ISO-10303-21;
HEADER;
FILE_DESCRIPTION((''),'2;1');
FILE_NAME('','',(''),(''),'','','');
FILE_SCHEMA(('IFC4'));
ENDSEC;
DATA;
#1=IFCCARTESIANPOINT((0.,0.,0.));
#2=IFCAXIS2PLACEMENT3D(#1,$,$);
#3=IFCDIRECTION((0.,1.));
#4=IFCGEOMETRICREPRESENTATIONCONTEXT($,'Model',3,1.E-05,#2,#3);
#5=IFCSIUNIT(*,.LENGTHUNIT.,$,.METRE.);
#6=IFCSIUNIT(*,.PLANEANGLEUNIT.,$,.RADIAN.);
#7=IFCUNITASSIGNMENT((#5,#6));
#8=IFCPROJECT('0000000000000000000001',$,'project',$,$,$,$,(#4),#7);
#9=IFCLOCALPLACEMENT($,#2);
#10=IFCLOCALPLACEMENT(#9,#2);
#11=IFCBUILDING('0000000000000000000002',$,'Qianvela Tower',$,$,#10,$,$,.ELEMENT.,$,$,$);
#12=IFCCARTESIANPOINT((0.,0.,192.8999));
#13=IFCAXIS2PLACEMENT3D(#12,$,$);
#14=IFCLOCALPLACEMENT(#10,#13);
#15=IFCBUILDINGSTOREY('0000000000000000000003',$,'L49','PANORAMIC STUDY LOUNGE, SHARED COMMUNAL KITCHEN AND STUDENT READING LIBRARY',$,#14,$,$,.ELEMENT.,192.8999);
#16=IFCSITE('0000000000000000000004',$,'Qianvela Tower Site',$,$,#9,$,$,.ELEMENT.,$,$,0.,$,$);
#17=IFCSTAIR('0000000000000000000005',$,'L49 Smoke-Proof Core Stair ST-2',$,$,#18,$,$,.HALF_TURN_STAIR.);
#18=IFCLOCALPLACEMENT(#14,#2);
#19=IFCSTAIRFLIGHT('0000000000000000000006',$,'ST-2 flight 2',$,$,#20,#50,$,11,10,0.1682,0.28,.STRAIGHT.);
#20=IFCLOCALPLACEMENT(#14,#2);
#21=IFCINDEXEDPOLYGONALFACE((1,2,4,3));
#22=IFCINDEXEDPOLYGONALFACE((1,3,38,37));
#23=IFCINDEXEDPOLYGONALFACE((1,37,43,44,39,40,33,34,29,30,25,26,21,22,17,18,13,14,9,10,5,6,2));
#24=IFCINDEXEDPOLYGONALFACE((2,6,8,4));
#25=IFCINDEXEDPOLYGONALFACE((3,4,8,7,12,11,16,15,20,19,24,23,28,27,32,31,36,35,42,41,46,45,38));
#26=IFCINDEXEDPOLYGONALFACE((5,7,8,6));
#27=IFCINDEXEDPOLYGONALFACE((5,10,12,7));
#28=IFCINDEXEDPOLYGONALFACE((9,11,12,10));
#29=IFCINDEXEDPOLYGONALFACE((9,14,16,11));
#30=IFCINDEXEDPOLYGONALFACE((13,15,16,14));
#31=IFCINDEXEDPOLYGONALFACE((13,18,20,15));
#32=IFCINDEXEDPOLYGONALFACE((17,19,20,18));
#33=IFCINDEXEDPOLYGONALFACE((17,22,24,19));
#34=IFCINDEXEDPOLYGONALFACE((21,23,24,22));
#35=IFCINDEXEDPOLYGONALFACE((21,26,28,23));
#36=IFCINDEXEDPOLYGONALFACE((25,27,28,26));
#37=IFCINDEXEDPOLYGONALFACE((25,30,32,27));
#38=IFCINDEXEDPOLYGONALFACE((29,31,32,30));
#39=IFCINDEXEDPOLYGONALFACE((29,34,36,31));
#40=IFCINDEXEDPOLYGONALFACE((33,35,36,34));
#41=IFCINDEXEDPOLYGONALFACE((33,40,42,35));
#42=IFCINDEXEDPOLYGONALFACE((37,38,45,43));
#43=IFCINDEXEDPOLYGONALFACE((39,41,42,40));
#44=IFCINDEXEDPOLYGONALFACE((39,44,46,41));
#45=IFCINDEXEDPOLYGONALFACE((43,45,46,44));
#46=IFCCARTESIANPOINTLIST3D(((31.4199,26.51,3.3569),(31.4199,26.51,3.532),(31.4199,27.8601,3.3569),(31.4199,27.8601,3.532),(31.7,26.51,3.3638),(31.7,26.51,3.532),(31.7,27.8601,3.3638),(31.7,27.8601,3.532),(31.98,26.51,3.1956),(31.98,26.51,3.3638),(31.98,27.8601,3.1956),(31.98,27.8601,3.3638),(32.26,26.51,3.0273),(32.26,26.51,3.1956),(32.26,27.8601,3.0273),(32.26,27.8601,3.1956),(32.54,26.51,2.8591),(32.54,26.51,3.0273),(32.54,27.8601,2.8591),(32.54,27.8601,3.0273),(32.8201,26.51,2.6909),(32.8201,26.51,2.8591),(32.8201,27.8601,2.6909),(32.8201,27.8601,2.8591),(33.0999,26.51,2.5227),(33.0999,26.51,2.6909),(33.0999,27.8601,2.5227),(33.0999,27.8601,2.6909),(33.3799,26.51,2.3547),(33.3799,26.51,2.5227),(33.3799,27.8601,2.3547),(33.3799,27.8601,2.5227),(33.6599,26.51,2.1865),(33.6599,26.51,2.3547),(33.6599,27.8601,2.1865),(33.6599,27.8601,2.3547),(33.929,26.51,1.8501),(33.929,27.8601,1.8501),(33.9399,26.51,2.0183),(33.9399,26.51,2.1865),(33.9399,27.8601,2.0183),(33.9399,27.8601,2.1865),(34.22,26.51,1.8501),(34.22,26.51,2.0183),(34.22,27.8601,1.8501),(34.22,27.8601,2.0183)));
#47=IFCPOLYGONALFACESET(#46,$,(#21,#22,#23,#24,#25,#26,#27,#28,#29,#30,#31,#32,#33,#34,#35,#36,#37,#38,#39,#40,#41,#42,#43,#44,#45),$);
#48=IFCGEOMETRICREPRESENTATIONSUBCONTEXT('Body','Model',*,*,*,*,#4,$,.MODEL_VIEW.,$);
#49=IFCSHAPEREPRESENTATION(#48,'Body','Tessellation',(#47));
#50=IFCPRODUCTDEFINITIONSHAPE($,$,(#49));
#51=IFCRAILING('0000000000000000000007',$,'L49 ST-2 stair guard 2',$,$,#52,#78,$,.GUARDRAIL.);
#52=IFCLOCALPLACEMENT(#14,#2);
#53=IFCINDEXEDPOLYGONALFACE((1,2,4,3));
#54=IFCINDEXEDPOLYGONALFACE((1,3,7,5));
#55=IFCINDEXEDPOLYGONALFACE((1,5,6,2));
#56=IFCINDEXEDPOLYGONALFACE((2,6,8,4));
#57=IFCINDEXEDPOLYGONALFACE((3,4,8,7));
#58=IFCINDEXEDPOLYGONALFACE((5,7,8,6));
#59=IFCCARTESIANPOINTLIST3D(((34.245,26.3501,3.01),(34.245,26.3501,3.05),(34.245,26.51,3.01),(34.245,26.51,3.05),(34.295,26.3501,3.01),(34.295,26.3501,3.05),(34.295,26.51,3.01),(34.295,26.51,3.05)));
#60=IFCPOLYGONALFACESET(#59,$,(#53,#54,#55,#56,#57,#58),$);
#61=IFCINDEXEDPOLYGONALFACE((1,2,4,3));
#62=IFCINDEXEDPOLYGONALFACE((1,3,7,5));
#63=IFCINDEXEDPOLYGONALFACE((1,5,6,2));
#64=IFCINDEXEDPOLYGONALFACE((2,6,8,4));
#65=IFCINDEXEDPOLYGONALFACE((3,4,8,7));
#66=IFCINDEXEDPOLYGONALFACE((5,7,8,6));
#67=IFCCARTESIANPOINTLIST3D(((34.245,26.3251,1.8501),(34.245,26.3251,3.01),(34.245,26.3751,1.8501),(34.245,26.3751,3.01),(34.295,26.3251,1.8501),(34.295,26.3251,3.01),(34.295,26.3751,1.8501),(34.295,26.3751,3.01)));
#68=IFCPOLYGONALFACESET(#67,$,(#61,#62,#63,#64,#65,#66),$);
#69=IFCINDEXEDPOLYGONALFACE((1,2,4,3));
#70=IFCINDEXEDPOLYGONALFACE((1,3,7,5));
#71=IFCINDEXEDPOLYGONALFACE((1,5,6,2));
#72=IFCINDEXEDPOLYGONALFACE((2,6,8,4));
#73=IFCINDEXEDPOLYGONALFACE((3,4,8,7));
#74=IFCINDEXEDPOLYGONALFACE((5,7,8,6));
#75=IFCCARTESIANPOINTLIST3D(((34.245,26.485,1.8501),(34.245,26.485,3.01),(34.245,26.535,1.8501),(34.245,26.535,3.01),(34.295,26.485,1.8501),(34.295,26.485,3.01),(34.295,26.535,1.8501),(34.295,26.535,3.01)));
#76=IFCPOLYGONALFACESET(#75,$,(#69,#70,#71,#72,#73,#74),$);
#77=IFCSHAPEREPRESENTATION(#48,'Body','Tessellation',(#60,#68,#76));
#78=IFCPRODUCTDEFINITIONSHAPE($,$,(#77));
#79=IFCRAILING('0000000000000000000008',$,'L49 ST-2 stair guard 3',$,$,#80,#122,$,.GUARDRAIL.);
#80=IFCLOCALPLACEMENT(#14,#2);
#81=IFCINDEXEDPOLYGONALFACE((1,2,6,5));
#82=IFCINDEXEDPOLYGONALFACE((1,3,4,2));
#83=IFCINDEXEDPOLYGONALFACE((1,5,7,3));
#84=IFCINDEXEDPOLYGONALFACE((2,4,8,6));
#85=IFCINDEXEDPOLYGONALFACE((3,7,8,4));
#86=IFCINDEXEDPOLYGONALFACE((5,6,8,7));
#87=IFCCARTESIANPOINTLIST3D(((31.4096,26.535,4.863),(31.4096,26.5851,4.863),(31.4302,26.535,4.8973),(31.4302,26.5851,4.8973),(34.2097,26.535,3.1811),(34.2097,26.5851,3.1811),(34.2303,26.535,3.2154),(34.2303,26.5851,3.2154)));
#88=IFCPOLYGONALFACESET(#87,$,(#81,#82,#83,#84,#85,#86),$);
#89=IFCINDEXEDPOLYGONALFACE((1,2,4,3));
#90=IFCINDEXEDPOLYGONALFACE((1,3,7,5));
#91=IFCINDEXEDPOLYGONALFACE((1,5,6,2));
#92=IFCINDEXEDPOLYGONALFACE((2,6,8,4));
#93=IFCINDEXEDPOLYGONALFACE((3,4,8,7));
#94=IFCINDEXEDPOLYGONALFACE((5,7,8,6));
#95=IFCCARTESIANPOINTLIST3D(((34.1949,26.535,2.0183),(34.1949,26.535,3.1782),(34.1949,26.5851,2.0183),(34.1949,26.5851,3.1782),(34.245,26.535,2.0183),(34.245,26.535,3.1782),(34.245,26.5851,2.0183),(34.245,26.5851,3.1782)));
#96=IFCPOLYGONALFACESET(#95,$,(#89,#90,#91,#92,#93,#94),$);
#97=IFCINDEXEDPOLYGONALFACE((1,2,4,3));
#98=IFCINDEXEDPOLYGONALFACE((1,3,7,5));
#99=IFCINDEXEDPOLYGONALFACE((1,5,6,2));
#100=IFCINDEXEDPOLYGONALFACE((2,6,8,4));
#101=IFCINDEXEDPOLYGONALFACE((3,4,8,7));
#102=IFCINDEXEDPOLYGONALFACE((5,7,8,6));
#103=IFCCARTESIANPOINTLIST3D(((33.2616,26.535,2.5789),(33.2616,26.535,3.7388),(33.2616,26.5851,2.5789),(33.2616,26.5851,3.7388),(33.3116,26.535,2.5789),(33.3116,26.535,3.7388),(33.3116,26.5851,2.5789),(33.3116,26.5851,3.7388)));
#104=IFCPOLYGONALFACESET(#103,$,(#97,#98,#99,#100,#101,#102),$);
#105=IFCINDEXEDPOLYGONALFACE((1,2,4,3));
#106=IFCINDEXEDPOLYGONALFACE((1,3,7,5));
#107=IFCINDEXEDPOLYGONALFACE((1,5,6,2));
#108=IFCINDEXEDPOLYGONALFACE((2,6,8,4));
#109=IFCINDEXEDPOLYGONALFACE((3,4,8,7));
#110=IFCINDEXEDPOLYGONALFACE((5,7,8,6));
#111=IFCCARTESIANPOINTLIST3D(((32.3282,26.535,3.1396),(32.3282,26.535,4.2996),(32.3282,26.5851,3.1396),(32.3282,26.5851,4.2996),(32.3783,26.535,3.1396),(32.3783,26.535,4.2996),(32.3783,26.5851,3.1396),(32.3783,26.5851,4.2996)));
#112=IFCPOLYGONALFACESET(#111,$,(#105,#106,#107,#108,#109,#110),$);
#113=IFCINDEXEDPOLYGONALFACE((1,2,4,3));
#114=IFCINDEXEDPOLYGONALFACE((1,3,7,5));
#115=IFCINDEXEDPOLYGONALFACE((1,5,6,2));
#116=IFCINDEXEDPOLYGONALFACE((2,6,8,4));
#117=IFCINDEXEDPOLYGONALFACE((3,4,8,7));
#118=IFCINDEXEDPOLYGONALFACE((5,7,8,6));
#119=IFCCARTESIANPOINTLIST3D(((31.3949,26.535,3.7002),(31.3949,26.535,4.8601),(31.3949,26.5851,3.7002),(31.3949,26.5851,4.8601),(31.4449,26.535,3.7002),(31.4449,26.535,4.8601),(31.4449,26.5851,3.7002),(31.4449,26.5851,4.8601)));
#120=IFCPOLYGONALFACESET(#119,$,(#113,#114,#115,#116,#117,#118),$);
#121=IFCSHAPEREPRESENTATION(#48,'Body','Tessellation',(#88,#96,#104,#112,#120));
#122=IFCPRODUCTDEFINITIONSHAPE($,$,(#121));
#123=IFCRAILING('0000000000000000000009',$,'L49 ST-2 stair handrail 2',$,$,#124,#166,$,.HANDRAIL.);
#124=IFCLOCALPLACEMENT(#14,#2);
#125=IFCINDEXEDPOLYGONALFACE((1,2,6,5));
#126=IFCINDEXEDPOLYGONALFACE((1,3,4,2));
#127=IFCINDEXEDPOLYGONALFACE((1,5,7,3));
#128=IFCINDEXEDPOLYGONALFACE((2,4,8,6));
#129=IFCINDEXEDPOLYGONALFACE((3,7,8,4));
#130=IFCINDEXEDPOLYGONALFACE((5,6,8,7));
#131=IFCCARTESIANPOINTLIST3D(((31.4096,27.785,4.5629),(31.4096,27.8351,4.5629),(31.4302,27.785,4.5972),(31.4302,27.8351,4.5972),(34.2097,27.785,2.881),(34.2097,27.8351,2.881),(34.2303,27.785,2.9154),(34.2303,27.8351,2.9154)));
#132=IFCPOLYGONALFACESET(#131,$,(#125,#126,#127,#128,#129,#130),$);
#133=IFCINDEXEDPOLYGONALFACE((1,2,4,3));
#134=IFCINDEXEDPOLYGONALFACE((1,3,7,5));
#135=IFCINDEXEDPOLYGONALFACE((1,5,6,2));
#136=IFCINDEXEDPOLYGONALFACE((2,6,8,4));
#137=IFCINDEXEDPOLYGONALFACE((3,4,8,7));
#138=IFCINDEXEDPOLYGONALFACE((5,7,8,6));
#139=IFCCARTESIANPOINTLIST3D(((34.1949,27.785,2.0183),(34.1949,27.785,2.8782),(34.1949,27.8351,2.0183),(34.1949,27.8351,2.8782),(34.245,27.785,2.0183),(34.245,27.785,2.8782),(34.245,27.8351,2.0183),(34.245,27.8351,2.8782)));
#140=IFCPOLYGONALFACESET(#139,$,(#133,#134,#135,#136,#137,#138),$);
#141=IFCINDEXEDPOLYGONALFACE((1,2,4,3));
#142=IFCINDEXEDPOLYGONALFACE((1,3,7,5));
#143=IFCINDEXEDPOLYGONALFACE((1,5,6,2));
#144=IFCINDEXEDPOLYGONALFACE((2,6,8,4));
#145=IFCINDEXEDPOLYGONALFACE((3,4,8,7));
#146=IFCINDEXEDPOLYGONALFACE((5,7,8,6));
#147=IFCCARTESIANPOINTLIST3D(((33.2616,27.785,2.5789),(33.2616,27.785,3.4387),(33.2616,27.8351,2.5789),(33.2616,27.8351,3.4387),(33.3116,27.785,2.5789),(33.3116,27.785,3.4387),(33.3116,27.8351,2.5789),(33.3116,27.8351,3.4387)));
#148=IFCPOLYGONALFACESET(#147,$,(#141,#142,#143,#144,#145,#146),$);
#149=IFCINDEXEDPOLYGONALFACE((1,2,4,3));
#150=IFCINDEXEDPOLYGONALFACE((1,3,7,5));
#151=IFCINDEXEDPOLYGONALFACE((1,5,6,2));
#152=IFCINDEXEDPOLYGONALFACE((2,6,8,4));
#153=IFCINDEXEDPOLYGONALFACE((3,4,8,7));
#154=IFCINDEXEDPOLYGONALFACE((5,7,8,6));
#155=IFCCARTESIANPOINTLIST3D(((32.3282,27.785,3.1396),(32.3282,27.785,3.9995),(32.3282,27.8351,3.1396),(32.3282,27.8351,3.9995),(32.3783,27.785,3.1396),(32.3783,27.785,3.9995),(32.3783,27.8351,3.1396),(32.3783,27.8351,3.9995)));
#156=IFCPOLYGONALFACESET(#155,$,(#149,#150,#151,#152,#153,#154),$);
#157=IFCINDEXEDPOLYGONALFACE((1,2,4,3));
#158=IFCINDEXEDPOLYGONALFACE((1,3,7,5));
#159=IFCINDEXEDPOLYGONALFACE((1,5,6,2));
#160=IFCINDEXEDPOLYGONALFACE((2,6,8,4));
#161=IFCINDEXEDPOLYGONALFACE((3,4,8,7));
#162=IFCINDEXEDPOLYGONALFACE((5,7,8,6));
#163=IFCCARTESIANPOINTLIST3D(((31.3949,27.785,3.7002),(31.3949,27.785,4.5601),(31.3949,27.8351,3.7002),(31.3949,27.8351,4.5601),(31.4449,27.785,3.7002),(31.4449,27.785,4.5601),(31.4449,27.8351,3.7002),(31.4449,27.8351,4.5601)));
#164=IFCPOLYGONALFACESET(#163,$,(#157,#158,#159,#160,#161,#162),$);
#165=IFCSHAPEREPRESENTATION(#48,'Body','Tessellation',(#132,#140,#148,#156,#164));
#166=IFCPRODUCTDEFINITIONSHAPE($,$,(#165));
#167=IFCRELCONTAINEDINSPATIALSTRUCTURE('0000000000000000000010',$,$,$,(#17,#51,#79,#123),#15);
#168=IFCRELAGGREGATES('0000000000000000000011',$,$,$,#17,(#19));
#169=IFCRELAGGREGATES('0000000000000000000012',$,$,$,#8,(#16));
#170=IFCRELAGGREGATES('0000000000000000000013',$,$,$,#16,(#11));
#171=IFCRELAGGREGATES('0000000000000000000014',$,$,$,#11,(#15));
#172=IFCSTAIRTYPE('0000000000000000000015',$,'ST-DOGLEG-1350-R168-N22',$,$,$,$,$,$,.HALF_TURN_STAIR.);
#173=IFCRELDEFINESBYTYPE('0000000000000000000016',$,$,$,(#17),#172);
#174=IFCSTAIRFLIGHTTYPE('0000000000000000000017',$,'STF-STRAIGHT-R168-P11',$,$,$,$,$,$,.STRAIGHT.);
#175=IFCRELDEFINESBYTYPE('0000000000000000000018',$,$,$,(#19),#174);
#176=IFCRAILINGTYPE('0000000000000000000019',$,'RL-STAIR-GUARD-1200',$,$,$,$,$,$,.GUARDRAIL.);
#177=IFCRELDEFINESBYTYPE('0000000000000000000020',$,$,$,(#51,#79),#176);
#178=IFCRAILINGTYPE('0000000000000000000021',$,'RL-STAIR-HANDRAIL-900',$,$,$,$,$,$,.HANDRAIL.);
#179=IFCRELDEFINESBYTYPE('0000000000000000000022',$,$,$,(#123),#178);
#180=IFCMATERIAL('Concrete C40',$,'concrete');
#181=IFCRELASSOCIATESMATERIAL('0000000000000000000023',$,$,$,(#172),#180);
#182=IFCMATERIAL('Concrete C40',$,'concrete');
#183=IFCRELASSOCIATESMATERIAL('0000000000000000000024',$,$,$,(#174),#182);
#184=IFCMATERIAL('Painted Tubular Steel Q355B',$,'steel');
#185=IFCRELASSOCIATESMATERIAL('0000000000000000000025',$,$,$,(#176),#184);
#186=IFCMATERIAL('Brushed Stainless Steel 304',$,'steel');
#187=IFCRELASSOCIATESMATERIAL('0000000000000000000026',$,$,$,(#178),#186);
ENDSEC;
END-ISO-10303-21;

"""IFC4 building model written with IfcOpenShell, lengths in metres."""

from ifc_helpers import new_model, si_unit, direction, frame, origin, origin_2d, place, context, subcontext, project, spatial, polyline, rectangle, outline, extrude, material, type_object, element, aggregate, save


model = new_model("IFC4")

# Units and contexts
model_context = context("Model", 3, precision=1e-05, world=origin(), true_north=direction((0.0, 1.0)))
body_context = subcontext(model_context, "Body", "Model", "MODEL_VIEW")
ifc_project = project(units=[si_unit("LENGTHUNIT", "METRE"), si_unit("PLANEANGLEUNIT", "RADIAN")], contexts=[model_context])

# Site, building, storey
site_placement = place(None, origin())
site = spatial("IfcSite", under=ifc_project, at=site_placement, Name="Qianvela Tower Site", CompositionType="ELEMENT", RefElevation=0.0)
building_placement = place(site_placement, origin())
building = spatial("IfcBuilding", under=site, at=building_placement, Name="Qianvela Tower", CompositionType="ELEMENT")
storey_placement = place(building_placement, frame((0.0, 0.0, 192.8999)))
storey = spatial("IfcBuildingStorey", under=building, at=storey_placement, Name="L49", Description="PANORAMIC STUDY LOUNGE, SHARED COMMUNAL KITCHEN AND STUDENT READING LIBRARY", CompositionType="ELEMENT", Elevation=192.8999)

# Stair, stair flight
ifc_material_1 = material(Name="Concrete C40", Category="concrete")
stair_type = type_object("IfcStairType", Name="ST-DOGLEG-1350-R168-N22", PredefinedType="HALF_TURN_STAIR", material=ifc_material_1)
stair_placement = place(storey_placement, origin())
stair = element("IfcStair", 1, at=stair_placement, inside=storey, type_object=stair_type, Name="L49 Smoke-Proof Core Stair ST-2", PredefinedType="HALF_TURN_STAIR")
ifc_material_2 = material(Name="Concrete C40", Category="concrete")
stair_flight_type = type_object("IfcStairFlightType", Name="STF-STRAIGHT-R168-P11", PredefinedType="STRAIGHT", material=ifc_material_2)
stair_flight_placement = place(storey_placement, frame((34.22, 27.1851, 1.8501), z_axis=(0.0, 0.0, 1.0), x_axis=(-1.0, 0.0, 0.0)))
stair_flight = element("IfcStairFlight", 2, at=stair_flight_placement, type_object=stair_flight_type, Name="ST-2 flight 2", NumberOfRisers=11, NumberOfTreads=10, PredefinedType="STRAIGHT", RiserHeight=0.1682, TreadLength=0.28, context=body_context, shape_type="SweptSolid", body=[
    extrude(outline(polyline([(0.0, 0.0), (0.0, 0.1682), (0.28, 0.1682), (0.28, 0.3364), (0.5601, 0.3364), (0.5601, 0.5046), (0.8401, 0.5046), (0.8401, 0.6726), (1.1201, 0.6726), (1.1201, 0.8408), (1.3999, 0.8408), (1.3999, 1.009), (1.6799, 1.009), (1.6799, 1.1772), (1.96, 1.1772), (1.96, 1.3455), (2.24, 1.3455), (2.24, 1.5137), (2.52, 1.5137), (2.52, 1.6819), (2.8, 1.6819), (2.8, 1.8501), (2.8, 1.5068), (0.291, 0.0), (0.0, 0.0)])), frame((0.0, 0.675, 0.0), z_axis=(0.0, -1.0, 0.0), x_axis=(1.0, 0.0, 0.0)), (0.0, 0.0, 1.0), 1.3501),
])
aggregate(stair, [stair_flight])

# Railings
ifc_material_3 = material(Name="Painted Tubular Steel Q355B", Category="steel")
railing_type_1 = type_object("IfcRailingType", Name="RL-STAIR-GUARD-1200", PredefinedType="GUARDRAIL", material=ifc_material_3)
railing_1_placement = place(storey_placement, frame((34.27, 26.3501, 1.8501)))
element("IfcRailing", 3, at=railing_1_placement, inside=storey, type_object=railing_type_1, Name="L49 ST-2 stair guard 2", PredefinedType="GUARDRAIL", context=body_context, shape_type="SweptSolid", body=[
    extrude(rectangle(XDim=0.05, YDim=0.04, at=origin_2d()), frame((0.0, 0.0, 1.1799), z_axis=(0.0, 1.0, 0.0), x_axis=(-1.0, 0.0, 0.0)), (0.0, 0.0, 1.0), 0.1599),
    extrude(rectangle(XDim=0.05, YDim=0.05, at=origin_2d()), origin(), (0.0, 0.0, 1.0), 1.1599),
    extrude(rectangle(XDim=0.05, YDim=0.05, at=origin_2d()), frame((0.0, 0.1599, 0.0)), (0.0, 0.0, 1.0), 1.1599),
])
railing_2_placement = place(storey_placement, frame((34.22, 26.5601, 2.0183)))
element("IfcRailing", 4, at=railing_2_placement, inside=storey, type_object=railing_type_1, Name="L49 ST-2 stair guard 3", PredefinedType="GUARDRAIL", context=body_context, shape_type="SweptSolid", body=[
    extrude(rectangle(XDim=0.05, YDim=0.04, at=origin_2d()), frame((0.0, 0.0, 1.1799), z_axis=(-0.857242, 0.0, 0.514913), x_axis=(0.0, -1.0, 0.0)), (0.0, 0.0, 1.0), 3.2664),
    extrude(rectangle(XDim=0.05, YDim=0.05, at=origin_2d()), origin(), (0.0, 0.0, 1.0), 1.1599),
    extrude(rectangle(XDim=0.05, YDim=0.05, at=origin_2d()), frame((-0.9333, 0.0, 0.5605)), (0.0, 0.0, 1.0), 1.1599),
    extrude(rectangle(XDim=0.05, YDim=0.05, at=origin_2d()), frame((-1.8667, 0.0, 1.1213)), (0.0, 0.0, 1.0), 1.1599),
    extrude(rectangle(XDim=0.05, YDim=0.05, at=origin_2d()), frame((-2.8, 0.0, 1.6819)), (0.0, 0.0, 1.0), 1.1599),
])
ifc_material_4 = material(Name="Brushed Stainless Steel 304", Category="steel")
railing_type_2 = type_object("IfcRailingType", Name="RL-STAIR-HANDRAIL-900", PredefinedType="HANDRAIL", material=ifc_material_4)
railing_3_placement = place(storey_placement, frame((34.22, 27.8101, 2.0183)))
element("IfcRailing", 5, at=railing_3_placement, inside=storey, type_object=railing_type_2, Name="L49 ST-2 stair handrail 2", PredefinedType="HANDRAIL", context=body_context, shape_type="SweptSolid", body=[
    extrude(rectangle(XDim=0.05, YDim=0.04, at=origin_2d()), frame((0.0, 0.0, 0.8799), z_axis=(-0.857242, 0.0, 0.514913), x_axis=(0.0, -1.0, 0.0)), (0.0, 0.0, 1.0), 3.2664),
    extrude(rectangle(XDim=0.05, YDim=0.05, at=origin_2d()), origin(), (0.0, 0.0, 1.0), 0.8599),
    extrude(rectangle(XDim=0.05, YDim=0.05, at=origin_2d()), frame((-0.9333, 0.0, 0.5605)), (0.0, 0.0, 1.0), 0.8599),
    extrude(rectangle(XDim=0.05, YDim=0.05, at=origin_2d()), frame((-1.8667, 0.0, 1.1213)), (0.0, 0.0, 1.0), 0.8599),
    extrude(rectangle(XDim=0.05, YDim=0.05, at=origin_2d()), frame((-2.8, 0.0, 1.6819)), (0.0, 0.0, 1.0), 0.8599),
])

save(model, "model.ifc")
